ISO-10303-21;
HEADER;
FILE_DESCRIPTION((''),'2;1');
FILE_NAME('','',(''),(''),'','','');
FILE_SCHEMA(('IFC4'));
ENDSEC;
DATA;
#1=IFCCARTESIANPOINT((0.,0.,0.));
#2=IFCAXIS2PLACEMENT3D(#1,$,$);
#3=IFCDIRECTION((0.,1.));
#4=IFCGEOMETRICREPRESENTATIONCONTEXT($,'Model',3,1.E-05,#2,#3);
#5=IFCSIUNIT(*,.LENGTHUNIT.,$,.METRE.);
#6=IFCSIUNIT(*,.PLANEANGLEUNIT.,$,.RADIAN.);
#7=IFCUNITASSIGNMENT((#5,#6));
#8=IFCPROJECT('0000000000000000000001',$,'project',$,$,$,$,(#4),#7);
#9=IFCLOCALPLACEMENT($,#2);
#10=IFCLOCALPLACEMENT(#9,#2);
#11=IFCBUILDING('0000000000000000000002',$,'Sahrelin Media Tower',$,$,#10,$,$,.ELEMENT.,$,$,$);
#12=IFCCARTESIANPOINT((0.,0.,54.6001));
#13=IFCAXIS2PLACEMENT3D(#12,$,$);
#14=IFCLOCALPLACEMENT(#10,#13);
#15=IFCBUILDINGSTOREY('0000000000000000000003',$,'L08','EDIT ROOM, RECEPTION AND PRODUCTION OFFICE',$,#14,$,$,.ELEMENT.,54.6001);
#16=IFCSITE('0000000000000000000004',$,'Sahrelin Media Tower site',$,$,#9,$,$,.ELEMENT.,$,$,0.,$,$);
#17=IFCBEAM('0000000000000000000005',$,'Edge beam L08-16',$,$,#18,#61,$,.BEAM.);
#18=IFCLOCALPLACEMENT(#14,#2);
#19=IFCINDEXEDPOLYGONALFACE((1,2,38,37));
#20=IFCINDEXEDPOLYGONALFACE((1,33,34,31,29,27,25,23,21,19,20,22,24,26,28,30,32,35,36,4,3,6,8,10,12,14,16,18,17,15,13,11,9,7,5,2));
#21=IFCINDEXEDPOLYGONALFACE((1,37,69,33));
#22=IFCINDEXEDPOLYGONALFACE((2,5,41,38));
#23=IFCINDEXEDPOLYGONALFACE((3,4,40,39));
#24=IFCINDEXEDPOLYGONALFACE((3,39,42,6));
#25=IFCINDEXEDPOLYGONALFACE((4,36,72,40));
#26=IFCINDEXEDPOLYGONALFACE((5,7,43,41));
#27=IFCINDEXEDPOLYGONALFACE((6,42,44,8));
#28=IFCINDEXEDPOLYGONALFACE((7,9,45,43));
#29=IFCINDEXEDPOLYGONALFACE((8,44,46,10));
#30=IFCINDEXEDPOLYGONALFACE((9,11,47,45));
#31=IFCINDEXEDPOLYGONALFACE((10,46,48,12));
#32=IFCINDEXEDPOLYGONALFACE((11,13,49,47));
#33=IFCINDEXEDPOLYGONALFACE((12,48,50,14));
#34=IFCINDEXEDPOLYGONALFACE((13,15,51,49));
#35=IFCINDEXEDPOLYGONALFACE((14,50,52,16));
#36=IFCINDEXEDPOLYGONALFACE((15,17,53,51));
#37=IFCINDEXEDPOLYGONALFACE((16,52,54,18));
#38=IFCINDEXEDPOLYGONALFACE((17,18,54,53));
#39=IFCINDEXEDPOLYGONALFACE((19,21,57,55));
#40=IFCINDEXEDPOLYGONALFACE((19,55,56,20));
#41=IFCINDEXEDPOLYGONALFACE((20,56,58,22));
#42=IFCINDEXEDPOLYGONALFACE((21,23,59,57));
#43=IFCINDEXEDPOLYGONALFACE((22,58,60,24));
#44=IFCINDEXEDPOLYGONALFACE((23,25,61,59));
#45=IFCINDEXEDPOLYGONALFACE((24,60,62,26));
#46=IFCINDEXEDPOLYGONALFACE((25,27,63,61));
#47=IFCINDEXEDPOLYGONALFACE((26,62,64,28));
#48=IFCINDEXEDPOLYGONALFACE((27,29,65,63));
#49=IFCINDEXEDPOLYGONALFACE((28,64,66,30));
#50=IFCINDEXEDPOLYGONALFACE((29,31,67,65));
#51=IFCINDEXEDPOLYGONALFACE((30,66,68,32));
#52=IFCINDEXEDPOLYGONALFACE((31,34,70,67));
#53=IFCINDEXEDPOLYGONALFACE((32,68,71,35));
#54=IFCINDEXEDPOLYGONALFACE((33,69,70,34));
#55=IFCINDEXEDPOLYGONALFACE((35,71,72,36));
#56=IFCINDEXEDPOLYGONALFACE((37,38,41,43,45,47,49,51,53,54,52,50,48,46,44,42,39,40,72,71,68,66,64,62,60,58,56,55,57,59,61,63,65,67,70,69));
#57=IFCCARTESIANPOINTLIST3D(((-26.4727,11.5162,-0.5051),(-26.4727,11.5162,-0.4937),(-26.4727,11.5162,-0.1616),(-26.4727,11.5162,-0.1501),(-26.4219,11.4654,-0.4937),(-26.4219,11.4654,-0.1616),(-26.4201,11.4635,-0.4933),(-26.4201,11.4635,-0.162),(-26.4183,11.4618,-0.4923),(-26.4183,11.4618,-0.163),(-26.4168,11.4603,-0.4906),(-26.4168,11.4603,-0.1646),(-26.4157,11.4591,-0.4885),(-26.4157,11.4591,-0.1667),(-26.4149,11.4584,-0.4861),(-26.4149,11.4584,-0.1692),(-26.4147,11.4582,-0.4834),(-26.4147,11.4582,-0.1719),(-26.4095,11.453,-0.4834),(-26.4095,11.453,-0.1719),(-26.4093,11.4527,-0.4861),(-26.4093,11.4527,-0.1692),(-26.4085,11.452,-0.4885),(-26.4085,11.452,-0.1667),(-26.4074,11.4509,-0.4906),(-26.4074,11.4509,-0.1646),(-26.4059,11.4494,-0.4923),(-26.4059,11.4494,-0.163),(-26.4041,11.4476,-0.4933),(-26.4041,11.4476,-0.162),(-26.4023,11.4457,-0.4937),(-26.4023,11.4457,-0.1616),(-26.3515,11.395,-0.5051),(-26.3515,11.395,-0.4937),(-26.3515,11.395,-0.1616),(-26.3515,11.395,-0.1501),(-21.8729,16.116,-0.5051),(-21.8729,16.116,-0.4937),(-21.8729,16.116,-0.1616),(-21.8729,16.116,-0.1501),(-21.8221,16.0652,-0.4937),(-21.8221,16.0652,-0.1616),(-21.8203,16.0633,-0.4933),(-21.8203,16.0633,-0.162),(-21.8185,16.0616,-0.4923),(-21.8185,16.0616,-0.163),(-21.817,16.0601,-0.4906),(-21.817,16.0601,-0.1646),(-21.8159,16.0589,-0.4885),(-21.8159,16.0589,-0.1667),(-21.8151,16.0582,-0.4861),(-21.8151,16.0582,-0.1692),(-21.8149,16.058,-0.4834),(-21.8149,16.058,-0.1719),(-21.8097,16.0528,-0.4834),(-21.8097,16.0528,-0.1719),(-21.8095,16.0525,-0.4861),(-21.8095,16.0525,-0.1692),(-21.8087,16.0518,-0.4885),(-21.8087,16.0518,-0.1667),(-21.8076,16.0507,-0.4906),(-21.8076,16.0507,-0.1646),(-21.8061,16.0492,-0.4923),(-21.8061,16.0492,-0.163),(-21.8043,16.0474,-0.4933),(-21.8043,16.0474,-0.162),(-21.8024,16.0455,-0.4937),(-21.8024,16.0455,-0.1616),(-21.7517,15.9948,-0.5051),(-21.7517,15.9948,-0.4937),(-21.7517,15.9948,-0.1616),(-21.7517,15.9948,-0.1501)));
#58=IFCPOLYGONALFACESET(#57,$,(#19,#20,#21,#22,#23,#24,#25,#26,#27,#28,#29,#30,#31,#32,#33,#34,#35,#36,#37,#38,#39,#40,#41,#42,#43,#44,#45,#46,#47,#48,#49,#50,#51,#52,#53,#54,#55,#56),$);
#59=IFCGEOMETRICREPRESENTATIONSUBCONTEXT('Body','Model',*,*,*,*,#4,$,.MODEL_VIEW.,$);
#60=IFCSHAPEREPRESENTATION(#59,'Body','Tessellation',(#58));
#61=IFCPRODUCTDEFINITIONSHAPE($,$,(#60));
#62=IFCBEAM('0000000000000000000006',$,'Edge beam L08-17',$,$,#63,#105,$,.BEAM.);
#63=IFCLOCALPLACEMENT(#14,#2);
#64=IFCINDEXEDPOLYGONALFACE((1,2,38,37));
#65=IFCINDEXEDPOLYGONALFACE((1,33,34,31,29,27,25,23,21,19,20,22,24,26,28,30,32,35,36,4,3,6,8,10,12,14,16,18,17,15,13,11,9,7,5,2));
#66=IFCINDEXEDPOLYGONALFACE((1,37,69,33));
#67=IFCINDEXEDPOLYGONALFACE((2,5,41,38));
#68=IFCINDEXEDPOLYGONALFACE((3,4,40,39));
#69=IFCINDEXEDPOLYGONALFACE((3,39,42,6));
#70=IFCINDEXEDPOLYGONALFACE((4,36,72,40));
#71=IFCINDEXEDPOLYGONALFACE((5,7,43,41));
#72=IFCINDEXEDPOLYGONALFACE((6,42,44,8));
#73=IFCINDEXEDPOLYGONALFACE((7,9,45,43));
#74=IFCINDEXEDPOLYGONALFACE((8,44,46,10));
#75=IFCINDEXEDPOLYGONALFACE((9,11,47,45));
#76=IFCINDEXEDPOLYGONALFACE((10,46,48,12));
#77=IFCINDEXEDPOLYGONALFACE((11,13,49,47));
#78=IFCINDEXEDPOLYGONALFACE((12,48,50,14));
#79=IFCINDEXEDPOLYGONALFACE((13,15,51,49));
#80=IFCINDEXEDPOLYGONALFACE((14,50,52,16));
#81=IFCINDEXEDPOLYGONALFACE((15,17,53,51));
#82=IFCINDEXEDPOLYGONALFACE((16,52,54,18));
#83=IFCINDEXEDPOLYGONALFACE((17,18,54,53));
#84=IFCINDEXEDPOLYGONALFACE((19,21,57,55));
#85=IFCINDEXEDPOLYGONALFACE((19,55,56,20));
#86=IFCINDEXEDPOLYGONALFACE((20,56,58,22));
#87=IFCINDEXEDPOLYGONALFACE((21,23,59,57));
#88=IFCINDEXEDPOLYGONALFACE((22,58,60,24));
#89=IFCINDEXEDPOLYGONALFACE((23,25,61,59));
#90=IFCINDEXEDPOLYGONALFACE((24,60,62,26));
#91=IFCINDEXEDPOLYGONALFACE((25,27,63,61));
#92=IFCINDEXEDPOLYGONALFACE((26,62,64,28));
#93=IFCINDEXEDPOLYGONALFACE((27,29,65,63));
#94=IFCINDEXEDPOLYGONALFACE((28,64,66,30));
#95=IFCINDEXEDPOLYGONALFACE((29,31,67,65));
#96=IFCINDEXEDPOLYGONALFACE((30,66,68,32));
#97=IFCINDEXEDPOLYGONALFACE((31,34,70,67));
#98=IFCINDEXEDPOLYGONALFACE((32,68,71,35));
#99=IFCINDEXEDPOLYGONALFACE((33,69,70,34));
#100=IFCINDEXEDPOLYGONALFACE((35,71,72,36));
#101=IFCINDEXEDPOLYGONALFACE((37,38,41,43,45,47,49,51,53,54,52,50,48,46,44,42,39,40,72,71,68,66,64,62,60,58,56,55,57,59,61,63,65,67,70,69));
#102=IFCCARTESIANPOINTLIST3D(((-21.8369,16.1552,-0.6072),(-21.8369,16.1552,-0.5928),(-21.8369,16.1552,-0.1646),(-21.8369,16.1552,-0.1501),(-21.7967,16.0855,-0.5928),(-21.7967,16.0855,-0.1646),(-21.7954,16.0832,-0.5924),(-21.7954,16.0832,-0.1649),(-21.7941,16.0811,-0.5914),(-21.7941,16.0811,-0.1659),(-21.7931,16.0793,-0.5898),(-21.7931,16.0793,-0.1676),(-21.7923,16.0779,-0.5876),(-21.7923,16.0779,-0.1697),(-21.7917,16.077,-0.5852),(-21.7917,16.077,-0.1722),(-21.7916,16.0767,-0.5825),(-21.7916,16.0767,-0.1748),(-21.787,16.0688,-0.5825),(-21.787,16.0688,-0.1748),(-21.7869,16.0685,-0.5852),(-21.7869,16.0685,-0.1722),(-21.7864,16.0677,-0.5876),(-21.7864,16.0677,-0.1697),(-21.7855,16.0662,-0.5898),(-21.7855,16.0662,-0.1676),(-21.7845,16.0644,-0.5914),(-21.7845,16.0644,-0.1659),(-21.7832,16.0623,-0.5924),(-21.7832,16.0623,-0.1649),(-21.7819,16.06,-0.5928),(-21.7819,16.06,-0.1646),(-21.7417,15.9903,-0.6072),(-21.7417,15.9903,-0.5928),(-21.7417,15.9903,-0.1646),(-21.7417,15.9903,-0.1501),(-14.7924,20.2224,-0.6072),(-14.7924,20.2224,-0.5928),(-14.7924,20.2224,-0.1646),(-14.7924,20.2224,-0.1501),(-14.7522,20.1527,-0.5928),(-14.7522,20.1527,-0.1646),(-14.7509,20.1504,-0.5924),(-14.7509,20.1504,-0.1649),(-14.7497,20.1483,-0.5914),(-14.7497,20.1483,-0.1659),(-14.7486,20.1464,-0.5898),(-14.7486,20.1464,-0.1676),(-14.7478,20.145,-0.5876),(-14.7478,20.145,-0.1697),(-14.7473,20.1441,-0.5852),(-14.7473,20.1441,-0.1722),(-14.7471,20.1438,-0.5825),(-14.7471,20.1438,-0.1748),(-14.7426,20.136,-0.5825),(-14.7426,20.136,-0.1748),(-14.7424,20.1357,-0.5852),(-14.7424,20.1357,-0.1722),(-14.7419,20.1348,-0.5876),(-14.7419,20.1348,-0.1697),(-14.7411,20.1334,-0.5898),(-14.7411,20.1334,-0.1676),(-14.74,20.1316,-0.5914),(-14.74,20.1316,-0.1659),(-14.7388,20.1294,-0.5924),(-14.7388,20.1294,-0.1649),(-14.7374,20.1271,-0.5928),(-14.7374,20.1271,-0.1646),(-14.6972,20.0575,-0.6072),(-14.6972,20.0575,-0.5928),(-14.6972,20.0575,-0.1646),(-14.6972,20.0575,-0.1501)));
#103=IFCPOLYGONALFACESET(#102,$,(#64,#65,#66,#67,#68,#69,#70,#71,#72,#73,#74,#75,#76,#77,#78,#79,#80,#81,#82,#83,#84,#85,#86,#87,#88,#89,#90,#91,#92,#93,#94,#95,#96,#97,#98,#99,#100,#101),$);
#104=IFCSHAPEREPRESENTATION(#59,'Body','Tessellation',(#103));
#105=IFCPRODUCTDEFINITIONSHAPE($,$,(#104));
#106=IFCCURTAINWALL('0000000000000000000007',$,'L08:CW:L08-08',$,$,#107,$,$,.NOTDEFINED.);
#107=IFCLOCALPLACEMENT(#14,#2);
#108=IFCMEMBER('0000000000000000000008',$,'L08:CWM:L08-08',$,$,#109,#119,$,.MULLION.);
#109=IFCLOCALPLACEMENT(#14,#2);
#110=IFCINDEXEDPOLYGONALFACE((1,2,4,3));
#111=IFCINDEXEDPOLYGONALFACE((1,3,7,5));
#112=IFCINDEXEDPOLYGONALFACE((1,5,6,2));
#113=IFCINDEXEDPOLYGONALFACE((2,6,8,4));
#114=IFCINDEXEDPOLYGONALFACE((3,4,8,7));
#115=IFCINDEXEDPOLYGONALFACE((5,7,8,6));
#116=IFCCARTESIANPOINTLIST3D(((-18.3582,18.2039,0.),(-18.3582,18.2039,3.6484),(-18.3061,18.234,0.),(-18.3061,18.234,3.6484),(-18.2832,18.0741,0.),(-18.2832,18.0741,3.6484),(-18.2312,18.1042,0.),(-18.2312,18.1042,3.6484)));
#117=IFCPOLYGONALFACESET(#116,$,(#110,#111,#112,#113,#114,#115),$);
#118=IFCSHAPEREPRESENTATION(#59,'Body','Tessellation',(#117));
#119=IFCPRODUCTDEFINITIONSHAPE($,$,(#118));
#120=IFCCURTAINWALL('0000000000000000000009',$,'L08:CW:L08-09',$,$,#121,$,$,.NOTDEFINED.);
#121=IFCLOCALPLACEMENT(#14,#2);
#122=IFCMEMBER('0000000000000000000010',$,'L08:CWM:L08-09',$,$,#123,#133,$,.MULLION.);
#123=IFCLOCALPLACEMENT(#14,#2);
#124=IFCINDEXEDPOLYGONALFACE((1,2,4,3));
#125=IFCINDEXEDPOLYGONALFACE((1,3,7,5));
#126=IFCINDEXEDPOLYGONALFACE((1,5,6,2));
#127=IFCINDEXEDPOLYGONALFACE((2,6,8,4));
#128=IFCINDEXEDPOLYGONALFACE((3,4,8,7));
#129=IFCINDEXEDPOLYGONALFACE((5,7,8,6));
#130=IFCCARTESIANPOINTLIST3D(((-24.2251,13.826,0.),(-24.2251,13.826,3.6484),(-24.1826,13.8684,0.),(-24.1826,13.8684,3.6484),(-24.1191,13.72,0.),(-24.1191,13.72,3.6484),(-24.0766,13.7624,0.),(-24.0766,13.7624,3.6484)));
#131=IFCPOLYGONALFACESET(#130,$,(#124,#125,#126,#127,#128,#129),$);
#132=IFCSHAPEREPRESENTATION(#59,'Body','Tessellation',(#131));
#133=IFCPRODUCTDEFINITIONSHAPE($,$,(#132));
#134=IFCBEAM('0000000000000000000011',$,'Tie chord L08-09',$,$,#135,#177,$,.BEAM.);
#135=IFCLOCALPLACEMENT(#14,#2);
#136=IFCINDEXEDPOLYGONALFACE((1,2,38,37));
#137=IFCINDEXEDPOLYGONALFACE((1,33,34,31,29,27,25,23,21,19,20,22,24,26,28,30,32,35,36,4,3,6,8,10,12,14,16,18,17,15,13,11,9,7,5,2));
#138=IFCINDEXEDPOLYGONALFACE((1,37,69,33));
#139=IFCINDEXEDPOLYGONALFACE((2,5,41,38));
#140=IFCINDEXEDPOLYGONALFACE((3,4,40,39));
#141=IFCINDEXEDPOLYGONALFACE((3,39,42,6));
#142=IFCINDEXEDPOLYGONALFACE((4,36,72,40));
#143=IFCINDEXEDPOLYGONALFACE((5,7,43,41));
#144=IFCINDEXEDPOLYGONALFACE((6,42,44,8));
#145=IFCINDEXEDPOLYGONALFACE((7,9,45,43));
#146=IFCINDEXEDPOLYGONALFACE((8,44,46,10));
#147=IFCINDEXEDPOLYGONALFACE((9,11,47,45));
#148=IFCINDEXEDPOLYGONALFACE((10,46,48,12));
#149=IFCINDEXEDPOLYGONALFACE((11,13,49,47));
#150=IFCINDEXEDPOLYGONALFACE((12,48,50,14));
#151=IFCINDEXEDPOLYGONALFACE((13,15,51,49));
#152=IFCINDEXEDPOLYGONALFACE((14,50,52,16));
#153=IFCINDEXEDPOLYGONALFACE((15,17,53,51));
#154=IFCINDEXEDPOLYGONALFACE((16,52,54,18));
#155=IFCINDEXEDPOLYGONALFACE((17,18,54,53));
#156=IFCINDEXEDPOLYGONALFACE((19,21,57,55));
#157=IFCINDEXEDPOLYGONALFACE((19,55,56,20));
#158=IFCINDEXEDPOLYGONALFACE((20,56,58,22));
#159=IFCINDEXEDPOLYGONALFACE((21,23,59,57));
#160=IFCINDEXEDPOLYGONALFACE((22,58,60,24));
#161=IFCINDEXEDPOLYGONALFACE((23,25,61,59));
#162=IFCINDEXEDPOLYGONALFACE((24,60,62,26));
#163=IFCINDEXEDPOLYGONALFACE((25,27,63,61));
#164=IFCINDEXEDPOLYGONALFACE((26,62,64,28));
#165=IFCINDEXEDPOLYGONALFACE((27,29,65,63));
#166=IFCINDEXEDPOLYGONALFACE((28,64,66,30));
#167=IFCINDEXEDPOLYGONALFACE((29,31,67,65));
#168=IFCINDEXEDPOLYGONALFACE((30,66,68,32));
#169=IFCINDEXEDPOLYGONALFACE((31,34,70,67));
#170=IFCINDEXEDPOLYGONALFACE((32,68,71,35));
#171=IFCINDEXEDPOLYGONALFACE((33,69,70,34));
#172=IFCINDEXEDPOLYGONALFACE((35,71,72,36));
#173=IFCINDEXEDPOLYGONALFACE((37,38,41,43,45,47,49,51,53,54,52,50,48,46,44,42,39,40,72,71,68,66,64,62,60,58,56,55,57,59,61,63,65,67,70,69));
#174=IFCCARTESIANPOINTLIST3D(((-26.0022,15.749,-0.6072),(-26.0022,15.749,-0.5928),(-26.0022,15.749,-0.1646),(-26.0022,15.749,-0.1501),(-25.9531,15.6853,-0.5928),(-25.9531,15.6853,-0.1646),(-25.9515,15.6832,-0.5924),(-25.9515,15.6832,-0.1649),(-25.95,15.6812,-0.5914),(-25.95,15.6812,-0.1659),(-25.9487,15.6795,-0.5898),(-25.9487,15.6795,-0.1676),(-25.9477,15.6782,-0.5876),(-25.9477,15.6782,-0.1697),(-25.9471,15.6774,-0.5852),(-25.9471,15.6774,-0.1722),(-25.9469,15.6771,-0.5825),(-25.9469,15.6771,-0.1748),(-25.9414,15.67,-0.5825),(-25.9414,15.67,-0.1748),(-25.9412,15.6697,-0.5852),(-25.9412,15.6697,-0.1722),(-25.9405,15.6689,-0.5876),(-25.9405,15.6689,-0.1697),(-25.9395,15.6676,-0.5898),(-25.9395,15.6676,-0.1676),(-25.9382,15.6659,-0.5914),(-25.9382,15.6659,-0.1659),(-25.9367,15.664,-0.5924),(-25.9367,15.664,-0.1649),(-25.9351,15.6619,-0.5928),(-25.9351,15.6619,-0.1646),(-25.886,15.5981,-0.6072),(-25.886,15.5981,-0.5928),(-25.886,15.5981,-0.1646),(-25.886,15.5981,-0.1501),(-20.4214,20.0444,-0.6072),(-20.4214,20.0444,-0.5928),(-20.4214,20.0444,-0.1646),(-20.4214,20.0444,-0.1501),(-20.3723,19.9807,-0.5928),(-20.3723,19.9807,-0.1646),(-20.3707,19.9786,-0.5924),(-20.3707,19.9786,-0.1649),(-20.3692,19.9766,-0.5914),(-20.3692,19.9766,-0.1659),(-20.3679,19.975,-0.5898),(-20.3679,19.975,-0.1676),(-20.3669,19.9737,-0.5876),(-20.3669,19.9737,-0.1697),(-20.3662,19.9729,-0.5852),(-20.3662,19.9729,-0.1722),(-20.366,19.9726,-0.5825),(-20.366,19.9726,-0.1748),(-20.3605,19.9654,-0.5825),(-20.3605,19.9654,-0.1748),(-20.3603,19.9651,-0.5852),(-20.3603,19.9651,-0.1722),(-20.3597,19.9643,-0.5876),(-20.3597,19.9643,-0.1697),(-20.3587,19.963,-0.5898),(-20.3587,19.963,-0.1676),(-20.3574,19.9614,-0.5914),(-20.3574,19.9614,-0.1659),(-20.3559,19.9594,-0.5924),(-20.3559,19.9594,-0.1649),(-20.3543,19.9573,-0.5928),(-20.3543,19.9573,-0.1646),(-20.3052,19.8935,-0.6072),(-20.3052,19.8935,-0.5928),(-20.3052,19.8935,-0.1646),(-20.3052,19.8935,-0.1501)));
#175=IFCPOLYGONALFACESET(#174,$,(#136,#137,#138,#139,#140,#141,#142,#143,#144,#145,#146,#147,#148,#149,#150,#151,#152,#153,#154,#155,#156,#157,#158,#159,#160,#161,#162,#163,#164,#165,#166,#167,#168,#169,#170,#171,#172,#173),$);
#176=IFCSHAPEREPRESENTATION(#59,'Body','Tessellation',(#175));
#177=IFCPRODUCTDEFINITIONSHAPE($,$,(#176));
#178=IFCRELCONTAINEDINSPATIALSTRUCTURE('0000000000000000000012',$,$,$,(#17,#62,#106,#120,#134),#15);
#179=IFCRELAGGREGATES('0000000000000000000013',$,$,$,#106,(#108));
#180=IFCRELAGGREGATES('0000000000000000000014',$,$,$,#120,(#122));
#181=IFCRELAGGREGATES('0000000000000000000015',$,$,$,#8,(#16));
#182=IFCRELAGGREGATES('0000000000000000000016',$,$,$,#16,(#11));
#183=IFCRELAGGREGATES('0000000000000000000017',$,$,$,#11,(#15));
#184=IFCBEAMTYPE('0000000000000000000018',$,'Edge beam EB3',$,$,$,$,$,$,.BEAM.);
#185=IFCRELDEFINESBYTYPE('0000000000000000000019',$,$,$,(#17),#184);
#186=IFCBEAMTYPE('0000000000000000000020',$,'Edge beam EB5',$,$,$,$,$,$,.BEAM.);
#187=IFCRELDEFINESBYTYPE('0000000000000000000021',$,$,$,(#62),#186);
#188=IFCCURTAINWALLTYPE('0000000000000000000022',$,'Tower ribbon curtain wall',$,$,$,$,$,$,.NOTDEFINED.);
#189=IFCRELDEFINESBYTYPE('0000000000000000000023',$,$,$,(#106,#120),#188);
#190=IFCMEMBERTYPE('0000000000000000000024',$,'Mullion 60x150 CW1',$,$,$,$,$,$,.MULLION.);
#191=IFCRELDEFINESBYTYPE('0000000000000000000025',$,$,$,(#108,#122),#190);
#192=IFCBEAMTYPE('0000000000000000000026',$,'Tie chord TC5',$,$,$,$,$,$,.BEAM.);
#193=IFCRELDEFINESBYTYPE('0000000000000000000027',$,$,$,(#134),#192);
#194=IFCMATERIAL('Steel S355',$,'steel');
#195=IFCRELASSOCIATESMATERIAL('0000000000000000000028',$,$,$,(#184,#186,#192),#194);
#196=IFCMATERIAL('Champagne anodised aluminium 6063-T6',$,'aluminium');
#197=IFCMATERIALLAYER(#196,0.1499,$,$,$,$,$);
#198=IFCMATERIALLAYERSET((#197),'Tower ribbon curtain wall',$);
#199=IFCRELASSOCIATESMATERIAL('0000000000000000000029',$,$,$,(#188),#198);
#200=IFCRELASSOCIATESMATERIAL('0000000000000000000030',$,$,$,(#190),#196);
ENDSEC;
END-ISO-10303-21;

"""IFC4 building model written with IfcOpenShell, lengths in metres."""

from ifc_helpers import new_model, si_unit, direction, frame, origin, origin_2d, place, context, subcontext, project, spatial, rectangle, i_section, extrude, material, layer, layer_set, material_profile, profile_set, type_object, element, aggregate, save


model = new_model("IFC4")

# Units and contexts
model_context = context("Model", 3, precision=1e-05, world=origin(), true_north=direction((0.0, 1.0)))
body_context = subcontext(model_context, "Body", "Model", "MODEL_VIEW")
ifc_project = project(units=[si_unit("LENGTHUNIT", "METRE"), si_unit("PLANEANGLEUNIT", "RADIAN")], contexts=[model_context])

# Site, building, storey
site_placement = place(None, origin())
site = spatial("IfcSite", under=ifc_project, at=site_placement, Name="Sahrelin Media Tower site", CompositionType="ELEMENT", RefElevation=0.0)
building_placement = place(site_placement, origin())
building = spatial("IfcBuilding", under=site, at=building_placement, Name="Sahrelin Media Tower", CompositionType="ELEMENT")
storey_placement = place(building_placement, frame((0.0, 0.0, 54.6001)))
storey = spatial("IfcBuildingStorey", under=building, at=storey_placement, Name="L08", Description="EDIT ROOM, RECEPTION AND PRODUCTION OFFICE", CompositionType="ELEMENT", Elevation=54.6001)

# Beams
ifc_material_1 = material(Name="Steel S355", Category="steel")
ifc_material_profile_1 = material_profile(ifc_material_1, i_section(OverallWidth=0.1714, OverallDepth=0.355, WebThickness=0.0073, FlangeThickness=0.0115, FilletRadius=0.0103, at=origin_2d()), Name="UB 356x171x51")
ifc_profile_set_1 = profile_set([ifc_material_profile_1], Name="Steel S355")
beam_type_1 = type_object("IfcBeamType", Name="Edge beam EB3", PredefinedType="BEAM", material=ifc_profile_set_1)
beam_1_placement = place(storey_placement, frame((-26.4121, 11.4556, -0.3276), z_axis=(0.707107, 0.707107, 0.0), x_axis=(-0.707107, 0.707107, 0.0)))
element("IfcBeam", 1, at=beam_1_placement, inside=storey, type_object=beam_type_1, Name="Edge beam L08-16", PredefinedType="BEAM", context=body_context, shape_type="SweptSolid", body=[
    extrude(i_section(OverallWidth=0.1714, OverallDepth=0.355, WebThickness=0.0073, FlangeThickness=0.0115, FilletRadius=0.0103, at=origin_2d()), origin(), (0.0, 0.0, 1.0), 6.5051),
])
ifc_material_profile_2 = material_profile(ifc_material_1, i_section(OverallWidth=0.1904, OverallDepth=0.457, WebThickness=0.009, FlangeThickness=0.0144, FilletRadius=0.0103, at=origin_2d()), Name="UB 457x191x74")
ifc_profile_set_2 = profile_set([ifc_material_profile_2], Name="Steel S355")
beam_type_2 = type_object("IfcBeamType", Name="Edge beam EB5", PredefinedType="BEAM", material=ifc_profile_set_2)
beam_2_placement = place(storey_placement, frame((-21.7893, 16.0728, -0.3787), z_axis=(0.866024, 0.500003, 0.0), x_axis=(-0.500003, 0.866024, 0.0)))
element("IfcBeam", 2, at=beam_2_placement, inside=storey, type_object=beam_type_2, Name="Edge beam L08-17", PredefinedType="BEAM", context=body_context, shape_type="SweptSolid", body=[
    extrude(i_section(OverallWidth=0.1904, OverallDepth=0.457, WebThickness=0.009, FlangeThickness=0.0144, FilletRadius=0.0103, at=origin_2d()), origin(), (0.0, 0.0, 1.0), 8.1343),
])

# Curtain walls, members
ifc_material_2 = material(Name="Champagne anodised aluminium 6063-T6", Category="aluminium")
ifc_layer_1 = layer(ifc_material_2, 0.1499)
ifc_layer_set_1 = layer_set([ifc_layer_1], Name="Tower ribbon curtain wall")
curtain_wall_type = type_object("IfcCurtainWallType", Name="Tower ribbon curtain wall", PredefinedType="NOTDEFINED", material=ifc_layer_set_1)
curtain_wall_1_placement = place(storey_placement, frame((-18.342, 18.2363, 0.0), z_axis=(0.0, 0.0, 1.0), x_axis=(1.0, 0.0, 0.0)))
curtain_wall_1 = element("IfcCurtainWall", 3, at=curtain_wall_1_placement, inside=storey, type_object=curtain_wall_type, Name="L08:CW:L08-08", PredefinedType="NOTDEFINED")
ifc_material_profile_3 = material_profile(ifc_material_2, rectangle(XDim=0.0601, YDim=0.1499, at=origin_2d()), Name="Mullion 60x150")
ifc_profile_set_3 = profile_set([ifc_material_profile_3], Name="Champagne anodised aluminium 6063-T6")
member_type_1 = type_object("IfcMemberType", Name="Mullion 60x150 CW1", PredefinedType="MULLION", material=ifc_profile_set_3)
member_1_placement = place(storey_placement, frame((-18.2947, 18.1541, 0.0), z_axis=(0.0, 0.0, 1.0), x_axis=(-0.866027, -0.499997, 0.0)))
member_1 = element("IfcMember", 4, at=member_1_placement, type_object=member_type_1, Name="L08:CWM:L08-08", PredefinedType="MULLION", context=body_context, shape_type="SweptSolid", body=[
    extrude(rectangle(XDim=0.0601, YDim=0.1499, at=origin_2d()), origin(), (0.0, 0.0, 1.0), 3.6484),
])
aggregate(curtain_wall_1, [member_1])
curtain_wall_2_placement = place(storey_placement, frame((-24.2183, 13.8616, 0.0), z_axis=(0.0, 0.0, 1.0), x_axis=(1.0, 0.0, 0.0)))
curtain_wall_2 = element("IfcCurtainWall", 5, at=curtain_wall_2_placement, inside=storey, type_object=curtain_wall_type, Name="L08:CW:L08-09", PredefinedType="NOTDEFINED")
member_2_placement = place(storey_placement, frame((-24.1509, 13.7942, 0.0), z_axis=(0.0, 0.0, 1.0), x_axis=(-0.707107, -0.707107, 0.0)))
member_2 = element("IfcMember", 6, at=member_2_placement, type_object=member_type_1, Name="L08:CWM:L08-09", PredefinedType="MULLION", context=body_context, shape_type="SweptSolid", body=[
    extrude(rectangle(XDim=0.0601, YDim=0.1499, at=origin_2d()), origin(), (0.0, 0.0, 1.0), 3.6484),
])

# Beam
ifc_material_profile_4 = material_profile(ifc_material_1, i_section(OverallWidth=0.1904, OverallDepth=0.457, WebThickness=0.009, FlangeThickness=0.0144, FilletRadius=0.0103, at=origin_2d()), Name="UB 457x191x74")
ifc_profile_set_4 = profile_set([ifc_material_profile_4], Name="Steel S355")
beam_type_3 = type_object("IfcBeamType", Name="Tie chord TC5", PredefinedType="BEAM", material=ifc_profile_set_4)
beam_3_placement = place(storey_placement, frame((-20.3633, 19.969, -0.3787), z_axis=(-0.792454, -0.609932, 0.0), x_axis=(0.609932, -0.792454, 0.0)))
element("IfcBeam", 7, at=beam_3_placement, inside=storey, type_object=beam_type_3, Name="Tie chord L08-09", PredefinedType="BEAM", context=body_context, shape_type="SweptSolid", body=[
    extrude(i_section(OverallWidth=0.1904, OverallDepth=0.457, WebThickness=0.009, FlangeThickness=0.0144, FilletRadius=0.0103, at=origin_2d()), origin(), (0.0, 0.0, 1.0), 7.0425),
])

aggregate(curtain_wall_2, [member_2])

save(model, "model.ifc")
